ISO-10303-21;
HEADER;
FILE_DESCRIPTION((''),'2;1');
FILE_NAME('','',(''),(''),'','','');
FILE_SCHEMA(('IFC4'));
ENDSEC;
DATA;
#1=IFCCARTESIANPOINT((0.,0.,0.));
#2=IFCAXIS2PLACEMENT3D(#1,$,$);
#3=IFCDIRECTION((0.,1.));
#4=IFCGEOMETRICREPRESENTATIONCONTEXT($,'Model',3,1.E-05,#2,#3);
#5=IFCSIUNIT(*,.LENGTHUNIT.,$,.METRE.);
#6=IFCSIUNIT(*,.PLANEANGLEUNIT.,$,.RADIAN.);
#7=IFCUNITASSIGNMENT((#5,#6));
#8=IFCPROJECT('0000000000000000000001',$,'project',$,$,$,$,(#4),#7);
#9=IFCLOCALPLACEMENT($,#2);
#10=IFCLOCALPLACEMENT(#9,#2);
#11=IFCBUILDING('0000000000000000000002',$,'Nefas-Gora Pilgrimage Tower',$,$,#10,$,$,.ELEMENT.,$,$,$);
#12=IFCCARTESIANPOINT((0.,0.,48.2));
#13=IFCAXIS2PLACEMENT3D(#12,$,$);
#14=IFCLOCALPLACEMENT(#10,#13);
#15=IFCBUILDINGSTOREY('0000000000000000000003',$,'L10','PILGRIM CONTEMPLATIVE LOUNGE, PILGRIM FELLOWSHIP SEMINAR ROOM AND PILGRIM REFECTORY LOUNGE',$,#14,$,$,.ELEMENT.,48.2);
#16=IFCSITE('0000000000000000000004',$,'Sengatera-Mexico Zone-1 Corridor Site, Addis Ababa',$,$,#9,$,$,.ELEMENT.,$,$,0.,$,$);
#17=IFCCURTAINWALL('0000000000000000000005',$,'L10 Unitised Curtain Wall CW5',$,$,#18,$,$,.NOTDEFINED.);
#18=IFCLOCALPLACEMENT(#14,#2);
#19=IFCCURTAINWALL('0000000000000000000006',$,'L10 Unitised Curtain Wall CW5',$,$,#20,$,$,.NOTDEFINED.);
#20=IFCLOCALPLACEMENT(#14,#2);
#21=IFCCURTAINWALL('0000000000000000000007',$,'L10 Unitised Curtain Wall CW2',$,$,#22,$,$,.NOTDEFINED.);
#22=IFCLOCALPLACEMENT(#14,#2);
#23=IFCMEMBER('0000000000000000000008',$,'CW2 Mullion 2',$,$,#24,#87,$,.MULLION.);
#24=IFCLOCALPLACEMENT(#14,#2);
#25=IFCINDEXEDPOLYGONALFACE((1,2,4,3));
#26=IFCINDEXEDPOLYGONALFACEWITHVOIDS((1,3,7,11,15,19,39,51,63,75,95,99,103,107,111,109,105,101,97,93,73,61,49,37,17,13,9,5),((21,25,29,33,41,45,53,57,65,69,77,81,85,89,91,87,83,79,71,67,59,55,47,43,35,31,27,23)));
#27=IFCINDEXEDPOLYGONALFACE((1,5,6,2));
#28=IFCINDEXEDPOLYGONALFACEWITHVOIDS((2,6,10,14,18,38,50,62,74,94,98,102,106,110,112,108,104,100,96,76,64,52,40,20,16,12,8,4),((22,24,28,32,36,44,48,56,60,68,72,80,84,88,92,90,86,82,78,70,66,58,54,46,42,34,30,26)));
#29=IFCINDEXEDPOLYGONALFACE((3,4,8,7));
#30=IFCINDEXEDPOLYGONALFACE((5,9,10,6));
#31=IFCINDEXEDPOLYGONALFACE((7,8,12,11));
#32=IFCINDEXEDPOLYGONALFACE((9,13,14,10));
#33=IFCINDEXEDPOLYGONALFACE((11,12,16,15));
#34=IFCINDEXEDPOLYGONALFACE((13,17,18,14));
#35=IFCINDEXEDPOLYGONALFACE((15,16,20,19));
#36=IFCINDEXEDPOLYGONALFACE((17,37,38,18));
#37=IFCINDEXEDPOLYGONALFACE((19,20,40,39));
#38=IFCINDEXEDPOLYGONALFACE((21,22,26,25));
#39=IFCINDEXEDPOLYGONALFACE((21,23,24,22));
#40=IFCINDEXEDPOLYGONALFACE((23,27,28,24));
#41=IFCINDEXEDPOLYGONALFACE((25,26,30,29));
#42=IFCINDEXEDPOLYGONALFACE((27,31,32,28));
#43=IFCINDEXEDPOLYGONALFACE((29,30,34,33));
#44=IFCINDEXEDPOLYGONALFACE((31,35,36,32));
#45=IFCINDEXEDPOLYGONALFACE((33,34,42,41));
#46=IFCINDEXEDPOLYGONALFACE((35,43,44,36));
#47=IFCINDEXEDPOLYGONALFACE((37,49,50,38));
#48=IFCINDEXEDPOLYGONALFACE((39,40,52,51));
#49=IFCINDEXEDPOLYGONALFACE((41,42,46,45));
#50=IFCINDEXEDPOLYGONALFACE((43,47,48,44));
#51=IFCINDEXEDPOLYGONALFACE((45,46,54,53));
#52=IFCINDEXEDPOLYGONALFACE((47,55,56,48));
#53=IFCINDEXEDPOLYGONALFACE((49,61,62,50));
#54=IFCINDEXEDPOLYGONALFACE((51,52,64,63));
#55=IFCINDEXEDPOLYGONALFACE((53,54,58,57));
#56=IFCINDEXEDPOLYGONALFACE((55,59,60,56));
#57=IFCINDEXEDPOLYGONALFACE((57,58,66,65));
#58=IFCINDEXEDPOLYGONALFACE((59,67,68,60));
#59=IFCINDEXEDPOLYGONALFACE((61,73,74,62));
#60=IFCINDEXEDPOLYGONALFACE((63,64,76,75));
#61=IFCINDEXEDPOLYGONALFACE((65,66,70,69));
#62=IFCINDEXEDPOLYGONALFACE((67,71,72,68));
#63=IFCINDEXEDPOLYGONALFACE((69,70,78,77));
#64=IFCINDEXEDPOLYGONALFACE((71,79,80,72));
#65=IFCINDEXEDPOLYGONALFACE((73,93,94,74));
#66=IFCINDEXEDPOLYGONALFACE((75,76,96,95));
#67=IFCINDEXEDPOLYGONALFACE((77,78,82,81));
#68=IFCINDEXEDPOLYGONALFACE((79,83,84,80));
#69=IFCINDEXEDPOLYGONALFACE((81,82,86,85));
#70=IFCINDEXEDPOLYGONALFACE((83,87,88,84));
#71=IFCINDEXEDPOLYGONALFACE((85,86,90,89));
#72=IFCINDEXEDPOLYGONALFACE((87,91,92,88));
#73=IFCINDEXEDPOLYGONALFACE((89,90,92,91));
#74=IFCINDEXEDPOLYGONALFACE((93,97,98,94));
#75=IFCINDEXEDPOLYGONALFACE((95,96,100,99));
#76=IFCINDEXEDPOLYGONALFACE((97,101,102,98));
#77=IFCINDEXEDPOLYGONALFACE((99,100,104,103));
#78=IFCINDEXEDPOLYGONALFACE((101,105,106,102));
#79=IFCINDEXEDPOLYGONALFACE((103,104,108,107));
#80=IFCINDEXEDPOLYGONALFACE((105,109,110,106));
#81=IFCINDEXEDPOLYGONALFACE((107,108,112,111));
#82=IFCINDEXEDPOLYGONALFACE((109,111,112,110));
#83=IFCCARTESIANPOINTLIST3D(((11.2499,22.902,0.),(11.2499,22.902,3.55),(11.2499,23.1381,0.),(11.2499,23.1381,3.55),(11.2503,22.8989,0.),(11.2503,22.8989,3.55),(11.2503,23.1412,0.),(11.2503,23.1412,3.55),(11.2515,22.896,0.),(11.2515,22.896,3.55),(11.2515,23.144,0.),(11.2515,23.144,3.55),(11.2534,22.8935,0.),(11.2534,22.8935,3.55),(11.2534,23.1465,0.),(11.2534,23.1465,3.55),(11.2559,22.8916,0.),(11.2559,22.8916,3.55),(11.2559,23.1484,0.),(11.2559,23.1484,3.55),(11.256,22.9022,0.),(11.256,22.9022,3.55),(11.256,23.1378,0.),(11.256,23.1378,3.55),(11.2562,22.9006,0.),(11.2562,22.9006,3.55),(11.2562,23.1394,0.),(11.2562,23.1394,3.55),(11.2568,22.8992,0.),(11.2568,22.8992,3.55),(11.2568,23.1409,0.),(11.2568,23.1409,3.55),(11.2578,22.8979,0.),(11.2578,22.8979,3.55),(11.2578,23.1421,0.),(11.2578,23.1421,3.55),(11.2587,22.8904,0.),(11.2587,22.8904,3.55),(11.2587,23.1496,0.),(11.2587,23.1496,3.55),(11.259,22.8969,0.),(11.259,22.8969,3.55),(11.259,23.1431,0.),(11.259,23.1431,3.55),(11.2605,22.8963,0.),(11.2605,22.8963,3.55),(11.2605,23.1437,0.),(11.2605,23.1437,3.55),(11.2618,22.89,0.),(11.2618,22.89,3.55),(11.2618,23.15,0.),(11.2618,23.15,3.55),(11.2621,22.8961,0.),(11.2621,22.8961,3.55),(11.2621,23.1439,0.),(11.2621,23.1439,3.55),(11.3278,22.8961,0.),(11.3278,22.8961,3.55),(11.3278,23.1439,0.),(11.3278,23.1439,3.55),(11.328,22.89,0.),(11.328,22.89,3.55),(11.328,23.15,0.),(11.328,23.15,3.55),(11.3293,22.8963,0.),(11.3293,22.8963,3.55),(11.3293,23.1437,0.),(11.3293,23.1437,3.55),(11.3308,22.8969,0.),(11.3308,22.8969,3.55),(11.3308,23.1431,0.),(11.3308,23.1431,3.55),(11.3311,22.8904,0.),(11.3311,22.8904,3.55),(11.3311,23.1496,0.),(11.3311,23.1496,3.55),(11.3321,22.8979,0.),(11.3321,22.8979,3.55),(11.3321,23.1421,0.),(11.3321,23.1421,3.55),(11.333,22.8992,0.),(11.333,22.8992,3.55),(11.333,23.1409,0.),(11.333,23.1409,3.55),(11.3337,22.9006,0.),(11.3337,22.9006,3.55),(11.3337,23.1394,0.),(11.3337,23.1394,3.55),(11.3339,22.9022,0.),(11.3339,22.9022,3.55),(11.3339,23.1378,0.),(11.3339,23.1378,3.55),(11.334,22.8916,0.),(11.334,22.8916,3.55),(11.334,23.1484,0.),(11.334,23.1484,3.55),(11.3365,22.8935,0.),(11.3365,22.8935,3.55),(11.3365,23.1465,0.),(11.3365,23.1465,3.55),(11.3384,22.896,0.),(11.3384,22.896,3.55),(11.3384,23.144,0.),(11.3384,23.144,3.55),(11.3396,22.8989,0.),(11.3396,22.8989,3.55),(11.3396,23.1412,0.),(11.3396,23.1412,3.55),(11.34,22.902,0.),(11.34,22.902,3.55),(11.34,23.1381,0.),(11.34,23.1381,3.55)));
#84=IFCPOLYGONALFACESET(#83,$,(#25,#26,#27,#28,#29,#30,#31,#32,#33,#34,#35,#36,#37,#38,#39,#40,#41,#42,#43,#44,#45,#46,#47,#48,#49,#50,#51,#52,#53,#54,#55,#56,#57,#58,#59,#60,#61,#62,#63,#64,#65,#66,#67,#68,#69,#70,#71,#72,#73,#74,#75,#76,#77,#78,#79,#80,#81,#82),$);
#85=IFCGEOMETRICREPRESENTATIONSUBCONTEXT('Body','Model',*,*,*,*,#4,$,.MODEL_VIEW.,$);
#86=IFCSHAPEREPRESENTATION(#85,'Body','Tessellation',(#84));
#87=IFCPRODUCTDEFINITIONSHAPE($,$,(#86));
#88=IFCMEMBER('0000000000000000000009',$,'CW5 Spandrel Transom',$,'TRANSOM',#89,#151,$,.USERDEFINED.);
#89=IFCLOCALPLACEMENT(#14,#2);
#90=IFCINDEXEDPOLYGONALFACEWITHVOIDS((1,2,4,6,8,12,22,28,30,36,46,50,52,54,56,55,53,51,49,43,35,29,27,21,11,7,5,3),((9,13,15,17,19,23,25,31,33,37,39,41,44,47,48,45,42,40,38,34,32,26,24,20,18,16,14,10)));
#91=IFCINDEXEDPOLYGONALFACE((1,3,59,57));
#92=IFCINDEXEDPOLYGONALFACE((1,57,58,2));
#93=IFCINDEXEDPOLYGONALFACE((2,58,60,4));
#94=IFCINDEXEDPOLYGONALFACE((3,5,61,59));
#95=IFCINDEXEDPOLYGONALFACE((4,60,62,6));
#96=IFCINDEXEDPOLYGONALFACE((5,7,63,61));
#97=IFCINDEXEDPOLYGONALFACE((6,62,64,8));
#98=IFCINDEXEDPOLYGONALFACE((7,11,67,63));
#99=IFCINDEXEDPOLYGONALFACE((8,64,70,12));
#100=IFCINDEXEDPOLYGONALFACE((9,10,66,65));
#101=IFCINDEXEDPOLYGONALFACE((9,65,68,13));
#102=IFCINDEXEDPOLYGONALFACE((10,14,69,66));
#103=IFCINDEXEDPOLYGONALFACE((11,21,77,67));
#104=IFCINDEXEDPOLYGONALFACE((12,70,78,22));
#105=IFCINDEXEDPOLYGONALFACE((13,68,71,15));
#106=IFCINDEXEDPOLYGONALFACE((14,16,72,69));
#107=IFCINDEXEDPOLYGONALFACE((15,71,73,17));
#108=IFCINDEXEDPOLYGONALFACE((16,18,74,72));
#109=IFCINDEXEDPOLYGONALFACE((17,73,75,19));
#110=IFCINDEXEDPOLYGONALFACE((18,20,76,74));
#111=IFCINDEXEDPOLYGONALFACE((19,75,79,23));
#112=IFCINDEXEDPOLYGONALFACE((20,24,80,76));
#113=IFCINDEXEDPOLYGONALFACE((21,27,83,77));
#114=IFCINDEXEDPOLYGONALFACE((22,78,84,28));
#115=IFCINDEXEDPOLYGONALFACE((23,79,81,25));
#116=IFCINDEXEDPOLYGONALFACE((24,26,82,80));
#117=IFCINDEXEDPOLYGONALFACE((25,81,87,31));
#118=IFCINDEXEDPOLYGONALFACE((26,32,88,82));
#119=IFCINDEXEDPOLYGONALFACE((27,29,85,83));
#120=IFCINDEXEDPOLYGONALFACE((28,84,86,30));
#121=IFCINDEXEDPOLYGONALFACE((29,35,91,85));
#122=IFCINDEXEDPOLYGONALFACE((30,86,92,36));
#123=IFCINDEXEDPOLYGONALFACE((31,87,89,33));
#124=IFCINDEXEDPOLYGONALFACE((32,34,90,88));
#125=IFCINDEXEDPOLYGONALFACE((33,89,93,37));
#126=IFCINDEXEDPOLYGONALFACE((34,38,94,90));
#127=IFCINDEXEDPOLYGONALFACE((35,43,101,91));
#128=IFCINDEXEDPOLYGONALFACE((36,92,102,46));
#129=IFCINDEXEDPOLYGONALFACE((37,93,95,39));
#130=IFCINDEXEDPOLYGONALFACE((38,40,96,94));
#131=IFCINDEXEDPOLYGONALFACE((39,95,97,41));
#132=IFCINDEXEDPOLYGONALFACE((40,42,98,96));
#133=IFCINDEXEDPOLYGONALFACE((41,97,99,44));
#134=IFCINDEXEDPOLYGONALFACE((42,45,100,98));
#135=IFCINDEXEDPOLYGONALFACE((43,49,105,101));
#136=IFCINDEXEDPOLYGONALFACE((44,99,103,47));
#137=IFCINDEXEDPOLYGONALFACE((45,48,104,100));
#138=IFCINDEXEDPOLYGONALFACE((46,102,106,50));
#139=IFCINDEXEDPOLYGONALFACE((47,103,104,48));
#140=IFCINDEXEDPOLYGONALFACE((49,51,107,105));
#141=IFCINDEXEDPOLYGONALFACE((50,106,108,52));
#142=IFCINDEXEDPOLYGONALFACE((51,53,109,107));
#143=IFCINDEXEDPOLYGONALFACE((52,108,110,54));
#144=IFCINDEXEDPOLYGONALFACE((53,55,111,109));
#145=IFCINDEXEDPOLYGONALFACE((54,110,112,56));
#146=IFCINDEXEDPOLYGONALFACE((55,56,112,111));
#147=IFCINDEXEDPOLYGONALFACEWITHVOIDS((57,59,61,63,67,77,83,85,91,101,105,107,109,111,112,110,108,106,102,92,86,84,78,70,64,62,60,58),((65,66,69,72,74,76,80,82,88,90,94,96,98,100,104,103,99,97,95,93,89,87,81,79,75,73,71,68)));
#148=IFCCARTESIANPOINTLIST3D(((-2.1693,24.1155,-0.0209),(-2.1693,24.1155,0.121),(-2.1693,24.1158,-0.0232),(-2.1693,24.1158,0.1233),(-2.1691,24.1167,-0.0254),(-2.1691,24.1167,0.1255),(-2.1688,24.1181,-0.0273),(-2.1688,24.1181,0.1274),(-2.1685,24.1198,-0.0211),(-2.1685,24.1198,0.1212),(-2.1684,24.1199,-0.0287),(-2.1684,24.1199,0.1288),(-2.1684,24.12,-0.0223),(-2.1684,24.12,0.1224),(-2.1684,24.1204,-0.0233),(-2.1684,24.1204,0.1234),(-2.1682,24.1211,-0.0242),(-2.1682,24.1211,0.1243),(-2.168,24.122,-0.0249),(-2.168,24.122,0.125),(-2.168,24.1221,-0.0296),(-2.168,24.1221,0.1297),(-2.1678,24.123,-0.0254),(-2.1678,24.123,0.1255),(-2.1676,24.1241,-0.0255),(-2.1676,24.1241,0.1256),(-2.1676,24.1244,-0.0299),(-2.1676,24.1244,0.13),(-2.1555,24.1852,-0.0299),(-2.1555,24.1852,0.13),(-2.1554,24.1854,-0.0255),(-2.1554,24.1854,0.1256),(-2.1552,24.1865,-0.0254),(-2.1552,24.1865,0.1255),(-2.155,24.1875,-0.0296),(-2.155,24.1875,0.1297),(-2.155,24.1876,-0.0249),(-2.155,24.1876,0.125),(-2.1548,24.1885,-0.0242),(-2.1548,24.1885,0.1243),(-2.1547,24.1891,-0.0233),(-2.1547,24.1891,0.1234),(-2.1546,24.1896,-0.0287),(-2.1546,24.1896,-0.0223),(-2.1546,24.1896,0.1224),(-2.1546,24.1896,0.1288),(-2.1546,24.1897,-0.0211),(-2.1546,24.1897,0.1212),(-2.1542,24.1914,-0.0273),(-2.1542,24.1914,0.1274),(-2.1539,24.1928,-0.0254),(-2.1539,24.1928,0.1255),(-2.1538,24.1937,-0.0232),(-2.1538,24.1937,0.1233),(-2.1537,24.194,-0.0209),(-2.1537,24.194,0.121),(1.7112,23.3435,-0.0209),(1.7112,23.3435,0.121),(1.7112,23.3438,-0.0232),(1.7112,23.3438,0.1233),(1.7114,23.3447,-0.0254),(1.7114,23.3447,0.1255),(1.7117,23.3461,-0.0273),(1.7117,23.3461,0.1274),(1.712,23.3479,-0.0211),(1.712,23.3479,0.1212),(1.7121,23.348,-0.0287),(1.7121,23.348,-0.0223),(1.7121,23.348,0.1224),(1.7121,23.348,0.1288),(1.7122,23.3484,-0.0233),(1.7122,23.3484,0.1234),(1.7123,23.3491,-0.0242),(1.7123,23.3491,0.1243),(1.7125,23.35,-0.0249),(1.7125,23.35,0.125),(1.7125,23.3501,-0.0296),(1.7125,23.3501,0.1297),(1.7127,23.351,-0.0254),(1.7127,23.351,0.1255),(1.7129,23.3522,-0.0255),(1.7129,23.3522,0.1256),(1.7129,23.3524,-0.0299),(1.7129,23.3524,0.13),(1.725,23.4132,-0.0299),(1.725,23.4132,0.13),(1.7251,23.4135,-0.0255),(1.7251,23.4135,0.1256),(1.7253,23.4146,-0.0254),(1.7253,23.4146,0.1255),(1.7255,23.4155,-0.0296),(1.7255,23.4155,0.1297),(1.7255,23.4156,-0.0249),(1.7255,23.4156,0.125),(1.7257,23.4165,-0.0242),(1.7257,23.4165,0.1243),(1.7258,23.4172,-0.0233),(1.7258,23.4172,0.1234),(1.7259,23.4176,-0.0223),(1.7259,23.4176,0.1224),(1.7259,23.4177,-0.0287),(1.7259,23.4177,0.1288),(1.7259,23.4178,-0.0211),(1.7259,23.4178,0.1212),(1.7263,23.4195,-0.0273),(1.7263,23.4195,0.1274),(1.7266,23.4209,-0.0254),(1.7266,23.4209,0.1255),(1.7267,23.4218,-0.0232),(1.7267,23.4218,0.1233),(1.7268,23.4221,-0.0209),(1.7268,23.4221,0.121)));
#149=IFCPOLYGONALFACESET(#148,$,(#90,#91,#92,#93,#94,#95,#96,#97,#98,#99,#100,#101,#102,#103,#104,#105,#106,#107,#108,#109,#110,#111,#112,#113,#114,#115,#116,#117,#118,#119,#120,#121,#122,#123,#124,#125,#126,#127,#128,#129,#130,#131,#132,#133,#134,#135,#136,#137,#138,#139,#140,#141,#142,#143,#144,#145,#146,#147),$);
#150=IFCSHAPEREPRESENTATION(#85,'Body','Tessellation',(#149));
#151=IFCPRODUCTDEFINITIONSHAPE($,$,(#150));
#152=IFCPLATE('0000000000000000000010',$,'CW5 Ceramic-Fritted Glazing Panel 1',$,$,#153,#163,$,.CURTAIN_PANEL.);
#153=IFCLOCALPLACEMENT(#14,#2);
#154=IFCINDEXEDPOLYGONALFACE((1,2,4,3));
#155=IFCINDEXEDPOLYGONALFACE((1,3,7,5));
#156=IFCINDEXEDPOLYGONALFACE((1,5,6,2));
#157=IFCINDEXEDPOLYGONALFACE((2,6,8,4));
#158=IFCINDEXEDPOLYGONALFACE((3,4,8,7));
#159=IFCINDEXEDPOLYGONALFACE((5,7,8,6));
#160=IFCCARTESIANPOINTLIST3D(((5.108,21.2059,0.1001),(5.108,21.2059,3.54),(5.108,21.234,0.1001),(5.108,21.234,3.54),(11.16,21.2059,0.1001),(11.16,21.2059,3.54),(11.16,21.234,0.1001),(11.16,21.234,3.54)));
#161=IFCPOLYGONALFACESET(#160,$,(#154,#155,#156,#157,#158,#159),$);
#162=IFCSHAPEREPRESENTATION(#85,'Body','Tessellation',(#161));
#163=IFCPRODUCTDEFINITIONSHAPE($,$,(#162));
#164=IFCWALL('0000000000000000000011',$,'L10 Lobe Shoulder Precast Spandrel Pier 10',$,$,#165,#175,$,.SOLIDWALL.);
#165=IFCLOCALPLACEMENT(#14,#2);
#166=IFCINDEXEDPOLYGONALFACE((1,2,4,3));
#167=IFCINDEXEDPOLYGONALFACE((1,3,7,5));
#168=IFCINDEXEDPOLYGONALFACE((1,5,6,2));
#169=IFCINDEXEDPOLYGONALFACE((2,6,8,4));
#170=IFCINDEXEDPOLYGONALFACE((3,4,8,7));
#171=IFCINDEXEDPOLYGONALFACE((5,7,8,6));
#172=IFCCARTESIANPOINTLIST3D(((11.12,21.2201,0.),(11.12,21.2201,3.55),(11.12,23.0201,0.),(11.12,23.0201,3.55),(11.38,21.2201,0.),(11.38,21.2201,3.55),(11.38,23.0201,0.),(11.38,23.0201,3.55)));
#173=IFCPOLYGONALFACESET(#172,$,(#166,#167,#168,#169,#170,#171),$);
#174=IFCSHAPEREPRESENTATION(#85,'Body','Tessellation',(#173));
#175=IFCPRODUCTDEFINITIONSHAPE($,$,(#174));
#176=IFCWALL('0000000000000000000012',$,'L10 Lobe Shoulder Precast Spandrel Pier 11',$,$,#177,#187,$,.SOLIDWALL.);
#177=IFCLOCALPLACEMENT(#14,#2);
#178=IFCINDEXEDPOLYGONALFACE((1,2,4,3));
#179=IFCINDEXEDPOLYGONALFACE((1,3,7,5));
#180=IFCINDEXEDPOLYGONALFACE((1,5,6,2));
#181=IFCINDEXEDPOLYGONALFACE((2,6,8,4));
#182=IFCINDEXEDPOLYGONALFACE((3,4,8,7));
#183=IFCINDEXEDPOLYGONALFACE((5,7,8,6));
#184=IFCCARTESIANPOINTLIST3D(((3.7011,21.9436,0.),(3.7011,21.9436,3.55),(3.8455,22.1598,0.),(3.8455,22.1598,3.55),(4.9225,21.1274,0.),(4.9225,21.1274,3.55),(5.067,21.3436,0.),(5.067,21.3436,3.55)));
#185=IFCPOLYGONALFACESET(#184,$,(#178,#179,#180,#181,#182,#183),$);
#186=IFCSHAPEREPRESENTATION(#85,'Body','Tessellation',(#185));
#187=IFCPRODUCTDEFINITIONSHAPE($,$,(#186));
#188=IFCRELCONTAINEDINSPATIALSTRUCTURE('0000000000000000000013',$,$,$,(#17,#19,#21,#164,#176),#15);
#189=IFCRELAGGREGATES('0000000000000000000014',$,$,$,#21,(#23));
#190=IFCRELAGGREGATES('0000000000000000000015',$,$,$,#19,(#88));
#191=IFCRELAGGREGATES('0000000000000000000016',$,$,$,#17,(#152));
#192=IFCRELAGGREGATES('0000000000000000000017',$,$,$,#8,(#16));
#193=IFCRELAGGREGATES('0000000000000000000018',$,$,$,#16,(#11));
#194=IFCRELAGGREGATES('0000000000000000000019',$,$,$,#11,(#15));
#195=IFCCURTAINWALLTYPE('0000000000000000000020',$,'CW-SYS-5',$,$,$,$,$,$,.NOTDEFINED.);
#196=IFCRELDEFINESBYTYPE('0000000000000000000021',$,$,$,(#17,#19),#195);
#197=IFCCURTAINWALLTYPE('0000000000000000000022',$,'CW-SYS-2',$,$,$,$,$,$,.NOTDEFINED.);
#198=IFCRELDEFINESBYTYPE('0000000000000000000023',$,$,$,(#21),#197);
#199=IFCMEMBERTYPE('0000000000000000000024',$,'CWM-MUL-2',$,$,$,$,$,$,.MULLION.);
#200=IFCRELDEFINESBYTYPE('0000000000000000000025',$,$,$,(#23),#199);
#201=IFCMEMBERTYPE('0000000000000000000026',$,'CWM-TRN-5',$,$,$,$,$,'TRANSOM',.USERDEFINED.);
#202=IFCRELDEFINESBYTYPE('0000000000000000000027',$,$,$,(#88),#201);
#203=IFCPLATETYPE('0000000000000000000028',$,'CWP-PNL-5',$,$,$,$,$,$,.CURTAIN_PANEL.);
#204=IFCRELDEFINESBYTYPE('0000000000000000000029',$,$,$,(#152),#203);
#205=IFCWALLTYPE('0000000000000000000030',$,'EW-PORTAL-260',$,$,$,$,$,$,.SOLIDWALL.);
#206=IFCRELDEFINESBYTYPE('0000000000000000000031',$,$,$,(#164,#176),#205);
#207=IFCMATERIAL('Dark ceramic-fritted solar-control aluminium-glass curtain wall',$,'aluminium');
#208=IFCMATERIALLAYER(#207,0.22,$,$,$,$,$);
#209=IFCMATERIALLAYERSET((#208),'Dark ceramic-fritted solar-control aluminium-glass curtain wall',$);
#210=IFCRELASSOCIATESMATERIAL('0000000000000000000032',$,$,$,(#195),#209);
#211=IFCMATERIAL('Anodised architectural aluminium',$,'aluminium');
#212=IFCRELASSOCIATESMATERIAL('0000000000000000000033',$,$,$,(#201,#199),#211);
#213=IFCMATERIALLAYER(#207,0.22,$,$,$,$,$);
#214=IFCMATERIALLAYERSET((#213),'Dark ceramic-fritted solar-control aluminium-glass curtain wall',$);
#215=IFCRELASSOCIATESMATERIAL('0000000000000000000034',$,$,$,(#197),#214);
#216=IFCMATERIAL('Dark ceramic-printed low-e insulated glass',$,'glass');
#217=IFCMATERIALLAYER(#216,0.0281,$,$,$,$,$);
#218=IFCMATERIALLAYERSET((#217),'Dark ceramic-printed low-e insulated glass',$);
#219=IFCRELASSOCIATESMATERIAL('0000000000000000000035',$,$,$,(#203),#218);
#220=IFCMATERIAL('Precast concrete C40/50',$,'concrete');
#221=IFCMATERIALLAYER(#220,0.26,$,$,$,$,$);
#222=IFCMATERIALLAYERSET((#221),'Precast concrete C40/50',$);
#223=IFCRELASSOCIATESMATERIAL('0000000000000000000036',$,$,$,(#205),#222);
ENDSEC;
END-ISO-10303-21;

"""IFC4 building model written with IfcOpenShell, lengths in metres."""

from ifc_helpers import new_model, si_unit, direction, frame, frame_2d, origin, origin_2d, place, context, subcontext, project, spatial, rectangle, hollow_rectangle, extrude, source, transform, mapped, material, layer, layer_set, material_profile, profile_set, type_object, element, aggregate, save


model = new_model("IFC4")

# Units and contexts
model_context = context("Model", 3, precision=1e-05, world=origin(), true_north=direction((0.0, 1.0)))
body_context = subcontext(model_context, "Body", "Model", "MODEL_VIEW")
ifc_project = project(units=[si_unit("LENGTHUNIT", "METRE"), si_unit("PLANEANGLEUNIT", "RADIAN")], contexts=[model_context])

# Site, building, storey
site_placement = place(None, origin())
site = spatial("IfcSite", under=ifc_project, at=site_placement, Name="Sengatera-Mexico Zone-1 Corridor Site, Addis Ababa", CompositionType="ELEMENT", RefElevation=0.0)
building_placement = place(site_placement, origin())
building = spatial("IfcBuilding", under=site, at=building_placement, Name="Nefas-Gora Pilgrimage Tower", CompositionType="ELEMENT")
storey_placement = place(building_placement, frame((0.0, 0.0, 48.2)))
storey = spatial("IfcBuildingStorey", under=building, at=storey_placement, Name="L10", Description="PILGRIM CONTEMPLATIVE LOUNGE, PILGRIM FELLOWSHIP SEMINAR ROOM AND PILGRIM REFECTORY LOUNGE", CompositionType="ELEMENT", Elevation=48.2)

# Curtain wall
ifc_material_1 = material(Name="Dark ceramic-fritted solar-control aluminium-glass curtain wall", Category="aluminium")
ifc_layer_1 = layer(ifc_material_1, 0.22)
ifc_layer_set_1 = layer_set([ifc_layer_1], Name="Dark ceramic-fritted solar-control aluminium-glass curtain wall")
curtain_wall_type_1 = type_object("IfcCurtainWallType", Name="CW-SYS-5", PredefinedType="NOTDEFINED", material=ifc_layer_set_1)
curtain_wall_1_placement = place(storey_placement, origin())
curtain_wall_1 = element("IfcCurtainWall", 1, at=curtain_wall_1_placement, inside=storey, type_object=curtain_wall_type_1, Name="L10 Unitised Curtain Wall CW5", PredefinedType="NOTDEFINED")
ifc_material_2 = material(Name="Anodised architectural aluminium", Category="aluminium")

# Curtain wall
curtain_wall_2_placement = place(storey_placement, origin())
curtain_wall_2 = element("IfcCurtainWall", 2, at=curtain_wall_2_placement, inside=storey, type_object=curtain_wall_type_1, Name="L10 Unitised Curtain Wall CW5", PredefinedType="NOTDEFINED")

# Shared definitions
ifc_material_profile_1 = material_profile(ifc_material_2, hollow_rectangle(XDim=0.0801, YDim=0.1599, WallThickness=0.0044, InnerFilletRadius=0.0044, OuterFilletRadius=0.009, at=origin_2d()), Name="ALU TRANSOM 80x160")
ifc_profile_set_1 = profile_set([ifc_material_profile_1], Name="Anodised architectural aluminium")
member_type_1 = type_object("IfcMemberType", Name="CWM-TRN-5", ElementType="TRANSOM", PredefinedType="USERDEFINED", material=ifc_profile_set_1)

# Curtain wall, member
ifc_layer_2 = layer(ifc_material_1, 0.22)
ifc_layer_set_2 = layer_set([ifc_layer_2], Name="Dark ceramic-fritted solar-control aluminium-glass curtain wall")
curtain_wall_type_2 = type_object("IfcCurtainWallType", Name="CW-SYS-2", PredefinedType="NOTDEFINED", material=ifc_layer_set_2)
curtain_wall_3_placement = place(storey_placement, origin())
curtain_wall_3 = element("IfcCurtainWall", 3, at=curtain_wall_3_placement, inside=storey, type_object=curtain_wall_type_2, Name="L10 Unitised Curtain Wall CW2", PredefinedType="NOTDEFINED")
ifc_material_profile_2 = material_profile(ifc_material_2, hollow_rectangle(XDim=0.0901, YDim=0.26, WallThickness=0.0061, InnerFilletRadius=0.0061, OuterFilletRadius=0.012, at=origin_2d()), Name="ALU MULLION 90x260")
ifc_profile_set_2 = profile_set([ifc_material_profile_2], Name="Anodised architectural aluminium")
member_type_2 = type_object("IfcMemberType", Name="CWM-MUL-2", PredefinedType="MULLION", material=ifc_profile_set_2)
shared_shape_1 = source(origin(), body_context, "Body", "SweptSolid", [
    extrude(hollow_rectangle(XDim=0.0901, YDim=0.26, WallThickness=0.0061, InnerFilletRadius=0.0061, OuterFilletRadius=0.012, at=origin_2d()), origin(), (0.0, 0.0, 1.0), 3.55),
])
member_1_placement = place(storey_placement, frame((11.2949, 23.02, 0.0), z_axis=(0.0, 0.0, 1.0), x_axis=(-1.0, 0.0, 0.0)))
member_1 = element("IfcMember", 4, at=member_1_placement, type_object=member_type_2, Name="CW2 Mullion 2", PredefinedType="MULLION", context=body_context, shape_type="MappedRepresentation", body=[
    mapped(shared_shape_1, transform((0.0, 0.0, 0.0), x_axis=(1.0, 0.0, 0.0), y_axis=(0.0, 1.0, 0.0), z_axis=(0.0, 0.0, 1.0), scale=1.0)),
])
aggregate(curtain_wall_3, [member_1])

# Member
shared_shape_2 = source(origin(), body_context, "Body", "SweptSolid", [
    extrude(hollow_rectangle(XDim=0.0801, YDim=0.1599, WallThickness=0.0044, InnerFilletRadius=0.0044, OuterFilletRadius=0.009, at=origin_2d()), origin(), (0.0, 0.0, 1.0), 3.9565),
])
member_2_placement = place(storey_placement, frame((1.719, 23.3828, 0.05), z_axis=(-0.980782, 0.195107, 0.0), x_axis=(-0.195107, -0.980782, 0.0)))
member_2 = element("IfcMember", 5, at=member_2_placement, type_object=member_type_1, Name="CW5 Spandrel Transom", ObjectType="TRANSOM", PredefinedType="USERDEFINED", context=body_context, shape_type="MappedRepresentation", body=[
    mapped(shared_shape_2, transform((0.0, 0.0, 0.0), x_axis=(1.0, 0.0, 0.0), y_axis=(0.0, 1.0, 0.0), z_axis=(0.0, 0.0, 1.0), scale=1.0)),
])
aggregate(curtain_wall_2, [member_2])

# Plate
ifc_material_3 = material(Name="Dark ceramic-printed low-e insulated glass", Category="glass")
ifc_layer_3 = layer(ifc_material_3, 0.0281)
ifc_layer_set_3 = layer_set([ifc_layer_3], Name="Dark ceramic-printed low-e insulated glass")
plate_type = type_object("IfcPlateType", Name="CWP-PNL-5", PredefinedType="CURTAIN_PANEL", material=ifc_layer_set_3)
shared_shape_3 = source(origin(), body_context, "Body", "SweptSolid", [
    extrude(rectangle(XDim=6.052, YDim=0.0281, at=origin_2d()), origin(), (0.0, 0.0, 1.0), 3.4399),
])
plate_placement = place(storey_placement, frame((8.134, 21.22, 0.1001), z_axis=(0.0, 0.0, 1.0), x_axis=(-1.0, 0.0, 0.0)))
plate = element("IfcPlate", 6, at=plate_placement, type_object=plate_type, Name="CW5 Ceramic-Fritted Glazing Panel 1", PredefinedType="CURTAIN_PANEL", context=body_context, shape_type="MappedRepresentation", body=[
    mapped(shared_shape_3, transform((0.0, 0.0, 0.0), x_axis=(1.0, 0.0, 0.0), y_axis=(0.0, 1.0, 0.0), z_axis=(0.0, 0.0, 1.0), scale=1.0)),
])
aggregate(curtain_wall_1, [plate])

# Walls
ifc_material_4 = material(Name="Precast concrete C40/50", Category="concrete")
ifc_layer_4 = layer(ifc_material_4, 0.26)
ifc_layer_set_4 = layer_set([ifc_layer_4], Name="Precast concrete C40/50")
wall_type_1 = type_object("IfcWallType", Name="EW-PORTAL-260", PredefinedType="SOLIDWALL", material=ifc_layer_set_4)
shared_shape_4 = source(origin(), body_context, "Body", "SweptSolid", [
    extrude(rectangle(XDim=1.8, YDim=0.26, at=frame_2d((0.8999, 0.0))), origin(), (0.0, 0.0, 1.0), 3.55),
])
wall_1_placement = place(storey_placement, frame((11.25, 23.02, 0.0), z_axis=(0.0, 0.0, 1.0), x_axis=(0.0, -1.0, 0.0)))
element("IfcWall", 7, at=wall_1_placement, inside=storey, type_object=wall_type_1, Name="L10 Lobe Shoulder Precast Spandrel Pier 10", PredefinedType="SOLIDWALL", context=body_context, shape_type="MappedRepresentation", body=[
    mapped(shared_shape_4, transform((0.0, 0.0, 0.0), x_axis=(1.0, 0.0, 0.0), y_axis=(0.0, 1.0, 0.0), z_axis=(0.0, 0.0, 1.0), scale=1.0)),
])
shared_shape_5 = source(origin(), body_context, "Body", "SweptSolid", [
    extrude(rectangle(XDim=1.469, YDim=0.26, at=frame_2d((0.7344, 0.0))), origin(), (0.0, 0.0, 1.0), 3.55),
])
wall_2_placement = place(storey_placement, frame((4.9946, 21.2356, 0.0), z_axis=(0.0, 0.0, 1.0), x_axis=(-0.831462, 0.555582, 0.0)))
element("IfcWall", 8, at=wall_2_placement, inside=storey, type_object=wall_type_1, Name="L10 Lobe Shoulder Precast Spandrel Pier 11", PredefinedType="SOLIDWALL", context=body_context, shape_type="MappedRepresentation", body=[
    mapped(shared_shape_5, transform((0.0, 0.0, 0.0), x_axis=(1.0, 0.0, 0.0), y_axis=(0.0, 1.0, 0.0), z_axis=(0.0, 0.0, 1.0), scale=1.0)),
])

save(model, "model.ifc")
